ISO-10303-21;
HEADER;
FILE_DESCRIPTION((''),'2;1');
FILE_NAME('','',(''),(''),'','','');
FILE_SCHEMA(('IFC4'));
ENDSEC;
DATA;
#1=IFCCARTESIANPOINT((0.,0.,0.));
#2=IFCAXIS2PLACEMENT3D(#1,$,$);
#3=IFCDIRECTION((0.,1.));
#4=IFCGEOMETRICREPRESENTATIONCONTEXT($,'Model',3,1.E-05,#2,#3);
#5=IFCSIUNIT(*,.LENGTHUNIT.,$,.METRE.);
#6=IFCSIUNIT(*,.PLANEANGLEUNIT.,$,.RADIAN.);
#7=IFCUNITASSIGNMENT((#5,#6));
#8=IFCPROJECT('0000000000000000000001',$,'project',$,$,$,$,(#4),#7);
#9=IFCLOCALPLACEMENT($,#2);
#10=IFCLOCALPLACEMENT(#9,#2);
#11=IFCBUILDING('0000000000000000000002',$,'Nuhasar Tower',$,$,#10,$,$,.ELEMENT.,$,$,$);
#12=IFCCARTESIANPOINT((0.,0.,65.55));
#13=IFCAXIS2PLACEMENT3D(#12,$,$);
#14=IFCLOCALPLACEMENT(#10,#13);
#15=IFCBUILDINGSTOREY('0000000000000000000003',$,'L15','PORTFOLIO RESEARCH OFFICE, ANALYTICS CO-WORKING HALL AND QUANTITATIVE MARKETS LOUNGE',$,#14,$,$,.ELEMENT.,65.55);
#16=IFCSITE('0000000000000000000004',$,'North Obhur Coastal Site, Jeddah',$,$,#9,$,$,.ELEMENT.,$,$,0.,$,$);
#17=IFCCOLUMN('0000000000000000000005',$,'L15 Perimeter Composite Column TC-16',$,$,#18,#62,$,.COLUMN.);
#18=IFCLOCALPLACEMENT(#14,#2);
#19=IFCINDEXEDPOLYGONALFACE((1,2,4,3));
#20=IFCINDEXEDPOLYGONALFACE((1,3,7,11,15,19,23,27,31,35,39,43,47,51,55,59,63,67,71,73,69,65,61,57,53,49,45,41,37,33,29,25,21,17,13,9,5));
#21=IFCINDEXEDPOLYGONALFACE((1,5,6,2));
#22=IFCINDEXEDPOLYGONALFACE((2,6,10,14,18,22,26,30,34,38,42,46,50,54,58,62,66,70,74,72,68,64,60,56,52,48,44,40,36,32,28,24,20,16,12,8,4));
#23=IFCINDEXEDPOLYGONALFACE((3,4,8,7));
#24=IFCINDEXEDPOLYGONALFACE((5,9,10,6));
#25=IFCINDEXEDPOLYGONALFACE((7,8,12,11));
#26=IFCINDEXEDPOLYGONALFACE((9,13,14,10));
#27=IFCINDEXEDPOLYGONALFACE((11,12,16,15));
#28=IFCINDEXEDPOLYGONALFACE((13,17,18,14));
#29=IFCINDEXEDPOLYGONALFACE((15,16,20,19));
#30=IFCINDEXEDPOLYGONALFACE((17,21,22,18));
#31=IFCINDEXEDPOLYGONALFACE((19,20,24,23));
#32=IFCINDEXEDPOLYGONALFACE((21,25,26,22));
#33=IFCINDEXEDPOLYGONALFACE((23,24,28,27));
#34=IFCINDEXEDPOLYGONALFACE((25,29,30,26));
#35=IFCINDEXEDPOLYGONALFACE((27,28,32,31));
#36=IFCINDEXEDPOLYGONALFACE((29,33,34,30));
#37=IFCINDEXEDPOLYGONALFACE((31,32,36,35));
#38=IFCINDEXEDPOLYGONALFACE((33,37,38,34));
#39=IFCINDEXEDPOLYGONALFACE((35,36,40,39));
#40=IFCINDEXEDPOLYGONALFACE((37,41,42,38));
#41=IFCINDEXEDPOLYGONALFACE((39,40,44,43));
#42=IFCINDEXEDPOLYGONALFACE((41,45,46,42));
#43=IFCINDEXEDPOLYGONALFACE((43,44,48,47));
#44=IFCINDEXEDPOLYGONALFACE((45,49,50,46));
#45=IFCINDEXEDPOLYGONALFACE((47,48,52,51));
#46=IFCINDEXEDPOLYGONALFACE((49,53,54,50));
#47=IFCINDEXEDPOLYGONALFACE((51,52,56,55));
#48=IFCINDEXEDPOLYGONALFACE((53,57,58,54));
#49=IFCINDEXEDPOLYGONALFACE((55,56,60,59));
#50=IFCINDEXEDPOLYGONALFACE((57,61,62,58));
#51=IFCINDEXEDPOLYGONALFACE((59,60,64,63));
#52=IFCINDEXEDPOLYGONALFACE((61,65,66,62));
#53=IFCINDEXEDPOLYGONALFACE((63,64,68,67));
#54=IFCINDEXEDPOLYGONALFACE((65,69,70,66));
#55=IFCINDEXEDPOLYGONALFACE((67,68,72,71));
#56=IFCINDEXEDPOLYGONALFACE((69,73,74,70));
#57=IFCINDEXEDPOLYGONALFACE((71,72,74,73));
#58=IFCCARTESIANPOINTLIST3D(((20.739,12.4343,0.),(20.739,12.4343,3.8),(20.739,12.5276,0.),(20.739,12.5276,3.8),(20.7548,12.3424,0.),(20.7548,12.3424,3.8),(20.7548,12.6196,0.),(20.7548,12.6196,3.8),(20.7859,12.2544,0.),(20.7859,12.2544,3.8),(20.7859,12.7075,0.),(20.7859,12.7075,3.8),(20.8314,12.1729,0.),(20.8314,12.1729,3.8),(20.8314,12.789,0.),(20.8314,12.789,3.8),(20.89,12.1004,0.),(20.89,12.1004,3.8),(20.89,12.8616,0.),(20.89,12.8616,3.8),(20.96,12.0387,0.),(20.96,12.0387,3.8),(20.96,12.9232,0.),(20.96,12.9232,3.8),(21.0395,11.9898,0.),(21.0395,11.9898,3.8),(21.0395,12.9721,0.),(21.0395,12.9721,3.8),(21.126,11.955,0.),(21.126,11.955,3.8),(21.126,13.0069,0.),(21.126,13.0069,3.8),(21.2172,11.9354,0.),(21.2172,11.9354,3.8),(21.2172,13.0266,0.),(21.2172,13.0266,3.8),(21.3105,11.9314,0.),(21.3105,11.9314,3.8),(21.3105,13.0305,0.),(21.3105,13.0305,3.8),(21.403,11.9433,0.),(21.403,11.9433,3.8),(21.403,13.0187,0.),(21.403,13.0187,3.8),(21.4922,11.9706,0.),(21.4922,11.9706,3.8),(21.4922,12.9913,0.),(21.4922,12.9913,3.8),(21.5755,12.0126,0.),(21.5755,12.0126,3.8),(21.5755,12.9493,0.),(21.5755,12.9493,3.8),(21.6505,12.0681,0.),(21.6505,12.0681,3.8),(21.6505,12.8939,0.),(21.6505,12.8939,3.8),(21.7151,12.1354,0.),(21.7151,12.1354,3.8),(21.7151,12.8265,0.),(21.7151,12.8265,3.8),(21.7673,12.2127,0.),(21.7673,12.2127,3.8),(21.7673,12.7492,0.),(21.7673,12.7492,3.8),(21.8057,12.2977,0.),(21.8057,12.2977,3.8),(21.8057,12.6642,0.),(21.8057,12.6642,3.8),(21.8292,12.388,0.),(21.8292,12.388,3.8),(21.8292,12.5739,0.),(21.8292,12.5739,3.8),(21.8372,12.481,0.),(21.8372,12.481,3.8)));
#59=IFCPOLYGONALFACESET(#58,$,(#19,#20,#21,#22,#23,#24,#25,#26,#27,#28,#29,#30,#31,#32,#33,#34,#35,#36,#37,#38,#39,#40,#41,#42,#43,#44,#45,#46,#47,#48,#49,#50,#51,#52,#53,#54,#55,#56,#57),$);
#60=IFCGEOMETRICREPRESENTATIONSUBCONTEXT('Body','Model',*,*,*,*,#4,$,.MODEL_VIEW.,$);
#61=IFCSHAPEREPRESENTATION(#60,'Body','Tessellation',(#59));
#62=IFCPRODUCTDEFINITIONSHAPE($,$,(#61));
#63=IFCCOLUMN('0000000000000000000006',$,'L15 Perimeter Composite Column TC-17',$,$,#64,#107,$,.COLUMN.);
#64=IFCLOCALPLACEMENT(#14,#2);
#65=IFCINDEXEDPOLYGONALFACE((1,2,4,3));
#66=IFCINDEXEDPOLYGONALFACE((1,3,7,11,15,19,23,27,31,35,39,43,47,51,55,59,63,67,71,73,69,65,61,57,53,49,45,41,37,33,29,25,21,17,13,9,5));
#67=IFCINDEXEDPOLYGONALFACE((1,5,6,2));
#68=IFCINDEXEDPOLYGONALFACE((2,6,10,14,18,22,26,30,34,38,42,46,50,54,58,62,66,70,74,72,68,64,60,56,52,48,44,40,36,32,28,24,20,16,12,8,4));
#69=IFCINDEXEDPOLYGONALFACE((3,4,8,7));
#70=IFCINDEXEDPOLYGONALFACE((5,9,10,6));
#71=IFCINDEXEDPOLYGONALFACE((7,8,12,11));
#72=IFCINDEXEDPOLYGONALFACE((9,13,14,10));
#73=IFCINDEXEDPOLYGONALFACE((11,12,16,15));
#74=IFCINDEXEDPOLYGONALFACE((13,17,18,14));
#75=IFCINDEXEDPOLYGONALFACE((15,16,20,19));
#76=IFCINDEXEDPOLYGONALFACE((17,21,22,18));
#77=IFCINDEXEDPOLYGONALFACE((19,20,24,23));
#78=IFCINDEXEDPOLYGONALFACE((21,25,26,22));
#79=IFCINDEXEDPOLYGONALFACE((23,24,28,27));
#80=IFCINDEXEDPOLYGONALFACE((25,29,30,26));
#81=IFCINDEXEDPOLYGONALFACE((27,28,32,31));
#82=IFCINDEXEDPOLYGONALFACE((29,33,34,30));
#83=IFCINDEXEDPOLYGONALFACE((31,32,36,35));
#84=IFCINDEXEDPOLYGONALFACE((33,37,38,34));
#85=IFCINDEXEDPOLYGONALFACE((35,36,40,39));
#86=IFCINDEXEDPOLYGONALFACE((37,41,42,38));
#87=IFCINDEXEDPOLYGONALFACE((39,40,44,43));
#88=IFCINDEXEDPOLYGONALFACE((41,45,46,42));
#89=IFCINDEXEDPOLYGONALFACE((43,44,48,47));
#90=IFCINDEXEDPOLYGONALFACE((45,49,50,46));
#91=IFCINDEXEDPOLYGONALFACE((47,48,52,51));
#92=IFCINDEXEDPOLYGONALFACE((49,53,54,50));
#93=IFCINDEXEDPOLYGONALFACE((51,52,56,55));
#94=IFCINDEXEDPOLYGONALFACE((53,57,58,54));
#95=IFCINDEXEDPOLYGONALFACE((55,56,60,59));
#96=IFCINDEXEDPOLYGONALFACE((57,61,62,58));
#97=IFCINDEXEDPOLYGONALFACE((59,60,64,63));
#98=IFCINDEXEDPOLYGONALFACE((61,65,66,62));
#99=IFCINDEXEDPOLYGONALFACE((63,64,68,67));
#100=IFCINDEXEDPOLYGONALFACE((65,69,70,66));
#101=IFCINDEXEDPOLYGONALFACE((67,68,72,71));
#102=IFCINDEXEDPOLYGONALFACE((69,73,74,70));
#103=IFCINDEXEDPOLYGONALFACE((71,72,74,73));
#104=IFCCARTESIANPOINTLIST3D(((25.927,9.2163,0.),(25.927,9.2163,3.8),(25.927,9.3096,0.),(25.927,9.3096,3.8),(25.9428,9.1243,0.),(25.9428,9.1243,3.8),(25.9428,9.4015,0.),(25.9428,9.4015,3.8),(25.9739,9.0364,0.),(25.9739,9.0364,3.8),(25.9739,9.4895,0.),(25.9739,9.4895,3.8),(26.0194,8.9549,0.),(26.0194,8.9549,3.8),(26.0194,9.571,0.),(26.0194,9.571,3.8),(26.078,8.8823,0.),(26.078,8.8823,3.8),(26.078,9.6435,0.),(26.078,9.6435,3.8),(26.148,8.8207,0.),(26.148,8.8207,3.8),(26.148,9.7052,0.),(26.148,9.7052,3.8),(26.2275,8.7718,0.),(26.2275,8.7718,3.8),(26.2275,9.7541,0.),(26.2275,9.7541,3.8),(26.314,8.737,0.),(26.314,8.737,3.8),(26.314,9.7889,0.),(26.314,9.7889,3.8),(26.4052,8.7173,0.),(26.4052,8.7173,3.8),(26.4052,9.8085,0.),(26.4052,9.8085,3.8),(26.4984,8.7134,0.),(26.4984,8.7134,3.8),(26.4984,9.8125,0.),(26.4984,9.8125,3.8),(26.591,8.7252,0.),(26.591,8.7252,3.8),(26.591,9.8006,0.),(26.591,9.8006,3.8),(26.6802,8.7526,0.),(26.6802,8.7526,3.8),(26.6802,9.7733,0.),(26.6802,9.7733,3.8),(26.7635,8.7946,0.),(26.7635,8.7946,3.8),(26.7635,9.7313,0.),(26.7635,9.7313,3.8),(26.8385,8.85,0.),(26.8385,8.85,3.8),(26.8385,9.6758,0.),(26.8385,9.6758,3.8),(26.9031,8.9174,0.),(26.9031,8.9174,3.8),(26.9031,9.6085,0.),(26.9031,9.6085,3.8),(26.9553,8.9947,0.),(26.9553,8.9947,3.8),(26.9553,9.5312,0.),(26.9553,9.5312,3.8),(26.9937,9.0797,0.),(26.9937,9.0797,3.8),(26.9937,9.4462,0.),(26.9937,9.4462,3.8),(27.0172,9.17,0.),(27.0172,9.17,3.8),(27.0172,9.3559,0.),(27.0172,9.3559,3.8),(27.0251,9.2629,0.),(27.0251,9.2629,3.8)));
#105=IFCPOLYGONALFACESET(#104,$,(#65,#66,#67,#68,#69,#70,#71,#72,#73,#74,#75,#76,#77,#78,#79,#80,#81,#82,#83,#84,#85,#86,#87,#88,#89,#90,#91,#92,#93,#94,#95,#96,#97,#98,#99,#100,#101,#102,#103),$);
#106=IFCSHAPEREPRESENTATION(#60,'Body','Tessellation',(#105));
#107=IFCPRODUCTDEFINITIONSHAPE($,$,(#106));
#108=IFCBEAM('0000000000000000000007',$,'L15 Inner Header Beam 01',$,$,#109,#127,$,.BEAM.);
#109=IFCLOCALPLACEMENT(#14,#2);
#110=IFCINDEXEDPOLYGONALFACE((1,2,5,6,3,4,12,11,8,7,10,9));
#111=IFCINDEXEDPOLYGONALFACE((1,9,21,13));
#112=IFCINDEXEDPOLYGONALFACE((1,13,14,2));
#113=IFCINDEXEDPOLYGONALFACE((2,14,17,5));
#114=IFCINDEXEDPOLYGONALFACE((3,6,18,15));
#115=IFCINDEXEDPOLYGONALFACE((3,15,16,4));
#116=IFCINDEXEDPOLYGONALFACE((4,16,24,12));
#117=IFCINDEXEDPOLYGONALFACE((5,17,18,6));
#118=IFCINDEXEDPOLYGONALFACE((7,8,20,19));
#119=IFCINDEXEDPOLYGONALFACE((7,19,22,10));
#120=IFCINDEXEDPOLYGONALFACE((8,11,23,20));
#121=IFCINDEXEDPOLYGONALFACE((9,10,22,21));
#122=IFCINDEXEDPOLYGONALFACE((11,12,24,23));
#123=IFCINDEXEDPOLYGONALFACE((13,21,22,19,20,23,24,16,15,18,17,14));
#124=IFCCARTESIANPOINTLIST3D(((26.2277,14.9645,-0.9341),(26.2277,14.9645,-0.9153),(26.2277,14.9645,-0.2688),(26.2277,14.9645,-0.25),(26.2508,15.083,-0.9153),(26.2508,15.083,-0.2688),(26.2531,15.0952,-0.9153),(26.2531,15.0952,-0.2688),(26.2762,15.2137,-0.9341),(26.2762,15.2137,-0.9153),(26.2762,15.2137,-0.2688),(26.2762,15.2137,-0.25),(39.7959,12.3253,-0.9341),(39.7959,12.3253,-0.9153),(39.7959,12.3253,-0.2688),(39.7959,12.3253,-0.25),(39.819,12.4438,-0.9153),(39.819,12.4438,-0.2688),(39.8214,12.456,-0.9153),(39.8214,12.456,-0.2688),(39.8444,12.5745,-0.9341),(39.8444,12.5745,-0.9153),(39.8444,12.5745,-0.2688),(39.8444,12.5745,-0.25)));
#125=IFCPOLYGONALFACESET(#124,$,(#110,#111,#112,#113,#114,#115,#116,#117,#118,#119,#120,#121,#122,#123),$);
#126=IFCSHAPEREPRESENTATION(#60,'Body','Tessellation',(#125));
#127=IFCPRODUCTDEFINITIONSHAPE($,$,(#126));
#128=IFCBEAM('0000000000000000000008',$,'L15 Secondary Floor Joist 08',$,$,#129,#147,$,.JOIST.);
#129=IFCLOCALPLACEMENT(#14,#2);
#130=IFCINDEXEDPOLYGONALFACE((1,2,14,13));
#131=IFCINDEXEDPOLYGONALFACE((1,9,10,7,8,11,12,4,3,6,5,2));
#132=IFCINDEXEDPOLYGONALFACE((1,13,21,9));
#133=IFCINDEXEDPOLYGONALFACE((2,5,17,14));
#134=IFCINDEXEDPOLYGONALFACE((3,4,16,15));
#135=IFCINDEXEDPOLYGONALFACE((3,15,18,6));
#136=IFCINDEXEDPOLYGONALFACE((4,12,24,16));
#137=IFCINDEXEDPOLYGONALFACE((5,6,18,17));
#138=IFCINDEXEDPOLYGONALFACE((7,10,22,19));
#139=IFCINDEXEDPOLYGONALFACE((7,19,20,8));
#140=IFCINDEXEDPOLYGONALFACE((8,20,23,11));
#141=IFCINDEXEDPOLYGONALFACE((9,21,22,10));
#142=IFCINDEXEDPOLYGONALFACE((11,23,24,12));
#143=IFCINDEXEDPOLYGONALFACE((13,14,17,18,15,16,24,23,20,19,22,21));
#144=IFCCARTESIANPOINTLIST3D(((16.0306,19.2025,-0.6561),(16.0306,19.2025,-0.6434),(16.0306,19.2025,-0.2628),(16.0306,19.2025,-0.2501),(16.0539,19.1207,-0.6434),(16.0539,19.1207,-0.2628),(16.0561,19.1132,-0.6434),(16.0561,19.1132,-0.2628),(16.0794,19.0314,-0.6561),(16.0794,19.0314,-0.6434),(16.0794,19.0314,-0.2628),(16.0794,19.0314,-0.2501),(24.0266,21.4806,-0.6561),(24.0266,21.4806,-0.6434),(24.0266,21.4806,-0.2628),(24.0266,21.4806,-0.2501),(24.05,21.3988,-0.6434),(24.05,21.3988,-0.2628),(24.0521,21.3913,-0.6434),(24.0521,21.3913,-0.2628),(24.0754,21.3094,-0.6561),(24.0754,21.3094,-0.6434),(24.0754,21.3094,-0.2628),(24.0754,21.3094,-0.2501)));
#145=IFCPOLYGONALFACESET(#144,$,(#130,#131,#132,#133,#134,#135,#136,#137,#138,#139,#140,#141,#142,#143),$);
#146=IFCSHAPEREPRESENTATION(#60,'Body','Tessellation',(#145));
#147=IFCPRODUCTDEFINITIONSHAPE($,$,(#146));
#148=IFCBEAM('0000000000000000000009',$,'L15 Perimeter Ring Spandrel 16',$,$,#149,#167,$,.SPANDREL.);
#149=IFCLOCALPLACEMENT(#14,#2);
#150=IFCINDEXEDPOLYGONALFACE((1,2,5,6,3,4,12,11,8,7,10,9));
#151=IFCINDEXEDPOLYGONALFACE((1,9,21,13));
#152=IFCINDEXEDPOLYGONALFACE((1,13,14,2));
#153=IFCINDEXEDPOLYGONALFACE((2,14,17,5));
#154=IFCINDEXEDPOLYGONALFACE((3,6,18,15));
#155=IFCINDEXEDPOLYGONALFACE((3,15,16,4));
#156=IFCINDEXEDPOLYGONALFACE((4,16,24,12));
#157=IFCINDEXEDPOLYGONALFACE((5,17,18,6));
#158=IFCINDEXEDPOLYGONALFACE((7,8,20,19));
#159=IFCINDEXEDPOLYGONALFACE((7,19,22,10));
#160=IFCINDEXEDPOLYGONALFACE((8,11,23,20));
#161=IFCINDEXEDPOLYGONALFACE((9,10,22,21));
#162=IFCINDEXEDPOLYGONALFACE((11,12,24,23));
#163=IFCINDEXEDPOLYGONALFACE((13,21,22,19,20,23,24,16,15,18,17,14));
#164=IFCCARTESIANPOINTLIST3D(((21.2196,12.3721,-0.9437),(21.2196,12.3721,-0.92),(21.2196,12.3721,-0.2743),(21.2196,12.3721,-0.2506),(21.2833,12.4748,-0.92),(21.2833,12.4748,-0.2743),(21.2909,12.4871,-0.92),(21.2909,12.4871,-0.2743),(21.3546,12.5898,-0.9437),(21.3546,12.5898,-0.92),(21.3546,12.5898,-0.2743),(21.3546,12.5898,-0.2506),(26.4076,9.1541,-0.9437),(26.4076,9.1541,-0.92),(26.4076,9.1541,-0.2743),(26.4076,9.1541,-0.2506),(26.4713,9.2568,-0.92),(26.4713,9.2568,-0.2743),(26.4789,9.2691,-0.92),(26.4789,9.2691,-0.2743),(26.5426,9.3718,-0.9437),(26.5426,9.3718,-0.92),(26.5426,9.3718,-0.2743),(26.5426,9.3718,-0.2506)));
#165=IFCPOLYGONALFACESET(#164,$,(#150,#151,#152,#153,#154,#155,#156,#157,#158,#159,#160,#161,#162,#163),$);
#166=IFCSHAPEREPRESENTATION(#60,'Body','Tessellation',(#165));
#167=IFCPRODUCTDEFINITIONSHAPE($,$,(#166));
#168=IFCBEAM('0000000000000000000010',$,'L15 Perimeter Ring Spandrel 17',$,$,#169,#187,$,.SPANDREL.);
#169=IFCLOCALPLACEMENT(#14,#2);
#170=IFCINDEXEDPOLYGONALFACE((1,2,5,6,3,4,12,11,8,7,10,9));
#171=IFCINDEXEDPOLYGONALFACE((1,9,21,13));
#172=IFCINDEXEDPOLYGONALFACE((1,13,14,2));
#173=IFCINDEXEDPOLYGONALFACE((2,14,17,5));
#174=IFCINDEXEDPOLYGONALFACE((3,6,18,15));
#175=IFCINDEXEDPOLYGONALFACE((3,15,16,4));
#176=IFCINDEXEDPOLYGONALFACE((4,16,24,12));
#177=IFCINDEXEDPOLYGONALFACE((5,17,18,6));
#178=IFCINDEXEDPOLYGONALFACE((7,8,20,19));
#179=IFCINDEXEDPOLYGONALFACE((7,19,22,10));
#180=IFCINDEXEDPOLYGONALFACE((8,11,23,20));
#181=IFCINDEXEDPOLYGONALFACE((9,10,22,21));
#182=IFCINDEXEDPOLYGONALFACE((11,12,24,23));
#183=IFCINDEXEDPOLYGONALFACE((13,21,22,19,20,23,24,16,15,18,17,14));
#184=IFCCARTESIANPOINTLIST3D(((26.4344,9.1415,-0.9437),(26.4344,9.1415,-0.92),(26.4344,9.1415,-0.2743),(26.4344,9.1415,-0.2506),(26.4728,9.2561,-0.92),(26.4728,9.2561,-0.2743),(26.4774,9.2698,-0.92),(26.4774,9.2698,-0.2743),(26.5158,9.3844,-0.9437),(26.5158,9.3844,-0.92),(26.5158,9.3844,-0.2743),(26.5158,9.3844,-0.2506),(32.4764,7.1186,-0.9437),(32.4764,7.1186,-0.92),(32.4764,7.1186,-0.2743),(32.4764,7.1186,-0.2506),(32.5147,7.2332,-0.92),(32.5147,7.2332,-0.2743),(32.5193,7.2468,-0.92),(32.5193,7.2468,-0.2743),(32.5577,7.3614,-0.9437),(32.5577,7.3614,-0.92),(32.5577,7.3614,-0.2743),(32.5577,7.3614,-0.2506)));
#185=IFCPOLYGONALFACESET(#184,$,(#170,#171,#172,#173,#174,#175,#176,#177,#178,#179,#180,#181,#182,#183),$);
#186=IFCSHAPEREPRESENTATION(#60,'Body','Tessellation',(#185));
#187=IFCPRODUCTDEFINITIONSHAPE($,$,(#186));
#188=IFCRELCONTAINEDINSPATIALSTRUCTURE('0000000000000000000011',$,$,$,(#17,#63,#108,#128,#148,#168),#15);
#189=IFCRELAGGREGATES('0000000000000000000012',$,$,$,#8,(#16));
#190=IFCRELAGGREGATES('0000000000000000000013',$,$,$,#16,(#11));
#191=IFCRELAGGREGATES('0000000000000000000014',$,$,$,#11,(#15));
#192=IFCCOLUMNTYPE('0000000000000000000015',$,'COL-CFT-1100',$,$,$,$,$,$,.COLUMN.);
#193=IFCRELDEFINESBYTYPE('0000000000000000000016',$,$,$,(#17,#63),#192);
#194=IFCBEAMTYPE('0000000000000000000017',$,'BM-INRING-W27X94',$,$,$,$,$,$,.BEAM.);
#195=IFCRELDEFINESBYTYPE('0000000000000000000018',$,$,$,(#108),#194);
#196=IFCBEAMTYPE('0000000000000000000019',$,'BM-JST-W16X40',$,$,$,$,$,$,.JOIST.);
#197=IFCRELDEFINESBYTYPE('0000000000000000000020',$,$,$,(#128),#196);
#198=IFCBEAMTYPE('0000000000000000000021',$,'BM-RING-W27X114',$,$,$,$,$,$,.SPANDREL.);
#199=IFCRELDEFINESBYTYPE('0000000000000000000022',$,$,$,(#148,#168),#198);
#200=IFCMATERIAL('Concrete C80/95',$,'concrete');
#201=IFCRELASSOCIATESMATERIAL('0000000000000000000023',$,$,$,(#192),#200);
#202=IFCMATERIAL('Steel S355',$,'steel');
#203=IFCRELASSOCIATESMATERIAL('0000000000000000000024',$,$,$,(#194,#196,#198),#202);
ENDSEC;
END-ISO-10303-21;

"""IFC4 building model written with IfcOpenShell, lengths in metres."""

from ifc_helpers import new_model, si_unit, direction, frame, origin, origin_2d, place, context, subcontext, project, spatial, circle, i_section, extrude, material, material_profile, profile_set, type_object, element, save


model = new_model("IFC4")

# Units and contexts
model_context = context("Model", 3, precision=1e-05, world=origin(), true_north=direction((0.0, 1.0)))
body_context = subcontext(model_context, "Body", "Model", "MODEL_VIEW")
ifc_project = project(units=[si_unit("LENGTHUNIT", "METRE"), si_unit("PLANEANGLEUNIT", "RADIAN")], contexts=[model_context])

# Site, building, storey
site_placement = place(None, origin())
site = spatial("IfcSite", under=ifc_project, at=site_placement, Name="North Obhur Coastal Site, Jeddah", CompositionType="ELEMENT", RefElevation=0.0)
building_placement = place(site_placement, origin())
building = spatial("IfcBuilding", under=site, at=building_placement, Name="Nuhasar Tower", CompositionType="ELEMENT")
storey_placement = place(building_placement, frame((0.0, 0.0, 65.55)))
storey = spatial("IfcBuildingStorey", under=building, at=storey_placement, Name="L15", Description="PORTFOLIO RESEARCH OFFICE, ANALYTICS CO-WORKING HALL AND QUANTITATIVE MARKETS LOUNGE", CompositionType="ELEMENT", Elevation=65.55)

# Columns
ifc_material_1 = material(Name="Concrete C80/95", Category="concrete")
ifc_material_profile_1 = material_profile(ifc_material_1, circle(Radius=0.55, at=origin_2d()), Name="CFT1100")
ifc_profile_set_1 = profile_set([ifc_material_profile_1], Name="Concrete C80/95")
column_type = type_object("IfcColumnType", Name="COL-CFT-1100", PredefinedType="COLUMN", material=ifc_profile_set_1)
for number, where, z_axis, x_axis, name in (
    (1, (21.2871, 12.481, 0.0), (0.0, 0.0, 1.0), (1.0, 0.0, 0.0), "L15 Perimeter Composite Column TC-16"),
    (2, (26.4751, 9.2629, 0.0), (0.0, 0.0, 1.0), (1.0, 0.0, 0.0), "L15 Perimeter Composite Column TC-17"),
):
    element("IfcColumn", number, at=place(storey_placement, frame(where, z_axis=z_axis, x_axis=x_axis)), inside=storey, type_object=column_type, Name=name, PredefinedType="COLUMN", context=body_context, shape_type="SweptSolid", body=[
        extrude(circle(Radius=0.55, at=origin_2d()), origin(), (0.0, 0.0, 1.0), 3.8),
    ])

# Beams
ifc_material_2 = material(Name="Steel S355", Category="steel")
ifc_material_profile_2 = material_profile(ifc_material_2, i_section(OverallWidth=0.2539, OverallDepth=0.6841, WebThickness=0.0125, FlangeThickness=0.0188, at=origin_2d()), Name="W27X94")
ifc_profile_set_2 = profile_set([ifc_material_profile_2], Name="Steel S355")
beam_type_1 = type_object("IfcBeamType", Name="BM-INRING-W27X94", PredefinedType="BEAM", material=ifc_profile_set_2)
beam_1_placement = place(storey_placement, frame((26.252, 15.0891, -0.592), z_axis=(0.981603, -0.190933, 0.0), x_axis=(0.190933, 0.981603, 0.0)))
element("IfcBeam", 3, at=beam_1_placement, inside=storey, type_object=beam_type_1, Name="L15 Inner Header Beam 01", PredefinedType="BEAM", context=body_context, shape_type="SweptSolid", body=[
    extrude(i_section(OverallWidth=0.2539, OverallDepth=0.6841, WebThickness=0.0125, FlangeThickness=0.0188, at=origin_2d()), origin(), (0.0, 0.0, 1.0), 13.8225),
])
ifc_material_profile_3 = material_profile(ifc_material_2, i_section(OverallWidth=0.178, OverallDepth=0.406, WebThickness=0.0078, FlangeThickness=0.0127, at=origin_2d()), Name="W16X40")
ifc_profile_set_3 = profile_set([ifc_material_profile_3], Name="Steel S355")
beam_type_2 = type_object("IfcBeamType", Name="BM-JST-W16X40", PredefinedType="JOIST", material=ifc_profile_set_3)
beam_2_placement = place(storey_placement, frame((24.051, 21.395, -0.4531), z_axis=(-0.961731, -0.273996, 0.0), x_axis=(0.273996, -0.961731, 0.0)))
element("IfcBeam", 4, at=beam_2_placement, inside=storey, type_object=beam_type_2, Name="L15 Secondary Floor Joist 08", PredefinedType="JOIST", context=body_context, shape_type="SweptSolid", body=[
    extrude(i_section(OverallWidth=0.178, OverallDepth=0.406, WebThickness=0.0078, FlangeThickness=0.0127, at=origin_2d()), origin(), (0.0, 0.0, 1.0), 8.3142),
])
ifc_material_profile_4 = material_profile(ifc_material_2, i_section(OverallWidth=0.2561, OverallDepth=0.6931, WebThickness=0.0144, FlangeThickness=0.0237, at=origin_2d()), Name="W27X114")
ifc_profile_set_4 = profile_set([ifc_material_profile_4], Name="Steel S355")
beam_type_3 = type_object("IfcBeamType", Name="BM-RING-W27X114", PredefinedType="SPANDREL", material=ifc_profile_set_4)
beam_3_placement = place(storey_placement, frame((21.2871, 12.481, -0.5972), z_axis=(0.849795, -0.527113, 0.0), x_axis=(0.527113, 0.849795, 0.0)))
element("IfcBeam", 5, at=beam_3_placement, inside=storey, type_object=beam_type_3, Name="L15 Perimeter Ring Spandrel 16", PredefinedType="SPANDREL", context=body_context, shape_type="SweptSolid", body=[
    extrude(i_section(OverallWidth=0.2561, OverallDepth=0.6931, WebThickness=0.0144, FlangeThickness=0.0237, at=origin_2d()), origin(), (0.0, 0.0, 1.0), 6.105),
])
beam_4_placement = place(storey_placement, frame((26.4751, 9.2629, -0.5972), z_axis=(0.948261, -0.317492, 0.0), x_axis=(0.317492, 0.948261, 0.0)))
element("IfcBeam", 6, at=beam_4_placement, inside=storey, type_object=beam_type_3, Name="L15 Perimeter Ring Spandrel 17", PredefinedType="SPANDREL", context=body_context, shape_type="SweptSolid", body=[
    extrude(i_section(OverallWidth=0.2561, OverallDepth=0.6931, WebThickness=0.0144, FlangeThickness=0.0237, at=origin_2d()), origin(), (0.0, 0.0, 1.0), 6.3716),
])

save(model, "model.ifc")
